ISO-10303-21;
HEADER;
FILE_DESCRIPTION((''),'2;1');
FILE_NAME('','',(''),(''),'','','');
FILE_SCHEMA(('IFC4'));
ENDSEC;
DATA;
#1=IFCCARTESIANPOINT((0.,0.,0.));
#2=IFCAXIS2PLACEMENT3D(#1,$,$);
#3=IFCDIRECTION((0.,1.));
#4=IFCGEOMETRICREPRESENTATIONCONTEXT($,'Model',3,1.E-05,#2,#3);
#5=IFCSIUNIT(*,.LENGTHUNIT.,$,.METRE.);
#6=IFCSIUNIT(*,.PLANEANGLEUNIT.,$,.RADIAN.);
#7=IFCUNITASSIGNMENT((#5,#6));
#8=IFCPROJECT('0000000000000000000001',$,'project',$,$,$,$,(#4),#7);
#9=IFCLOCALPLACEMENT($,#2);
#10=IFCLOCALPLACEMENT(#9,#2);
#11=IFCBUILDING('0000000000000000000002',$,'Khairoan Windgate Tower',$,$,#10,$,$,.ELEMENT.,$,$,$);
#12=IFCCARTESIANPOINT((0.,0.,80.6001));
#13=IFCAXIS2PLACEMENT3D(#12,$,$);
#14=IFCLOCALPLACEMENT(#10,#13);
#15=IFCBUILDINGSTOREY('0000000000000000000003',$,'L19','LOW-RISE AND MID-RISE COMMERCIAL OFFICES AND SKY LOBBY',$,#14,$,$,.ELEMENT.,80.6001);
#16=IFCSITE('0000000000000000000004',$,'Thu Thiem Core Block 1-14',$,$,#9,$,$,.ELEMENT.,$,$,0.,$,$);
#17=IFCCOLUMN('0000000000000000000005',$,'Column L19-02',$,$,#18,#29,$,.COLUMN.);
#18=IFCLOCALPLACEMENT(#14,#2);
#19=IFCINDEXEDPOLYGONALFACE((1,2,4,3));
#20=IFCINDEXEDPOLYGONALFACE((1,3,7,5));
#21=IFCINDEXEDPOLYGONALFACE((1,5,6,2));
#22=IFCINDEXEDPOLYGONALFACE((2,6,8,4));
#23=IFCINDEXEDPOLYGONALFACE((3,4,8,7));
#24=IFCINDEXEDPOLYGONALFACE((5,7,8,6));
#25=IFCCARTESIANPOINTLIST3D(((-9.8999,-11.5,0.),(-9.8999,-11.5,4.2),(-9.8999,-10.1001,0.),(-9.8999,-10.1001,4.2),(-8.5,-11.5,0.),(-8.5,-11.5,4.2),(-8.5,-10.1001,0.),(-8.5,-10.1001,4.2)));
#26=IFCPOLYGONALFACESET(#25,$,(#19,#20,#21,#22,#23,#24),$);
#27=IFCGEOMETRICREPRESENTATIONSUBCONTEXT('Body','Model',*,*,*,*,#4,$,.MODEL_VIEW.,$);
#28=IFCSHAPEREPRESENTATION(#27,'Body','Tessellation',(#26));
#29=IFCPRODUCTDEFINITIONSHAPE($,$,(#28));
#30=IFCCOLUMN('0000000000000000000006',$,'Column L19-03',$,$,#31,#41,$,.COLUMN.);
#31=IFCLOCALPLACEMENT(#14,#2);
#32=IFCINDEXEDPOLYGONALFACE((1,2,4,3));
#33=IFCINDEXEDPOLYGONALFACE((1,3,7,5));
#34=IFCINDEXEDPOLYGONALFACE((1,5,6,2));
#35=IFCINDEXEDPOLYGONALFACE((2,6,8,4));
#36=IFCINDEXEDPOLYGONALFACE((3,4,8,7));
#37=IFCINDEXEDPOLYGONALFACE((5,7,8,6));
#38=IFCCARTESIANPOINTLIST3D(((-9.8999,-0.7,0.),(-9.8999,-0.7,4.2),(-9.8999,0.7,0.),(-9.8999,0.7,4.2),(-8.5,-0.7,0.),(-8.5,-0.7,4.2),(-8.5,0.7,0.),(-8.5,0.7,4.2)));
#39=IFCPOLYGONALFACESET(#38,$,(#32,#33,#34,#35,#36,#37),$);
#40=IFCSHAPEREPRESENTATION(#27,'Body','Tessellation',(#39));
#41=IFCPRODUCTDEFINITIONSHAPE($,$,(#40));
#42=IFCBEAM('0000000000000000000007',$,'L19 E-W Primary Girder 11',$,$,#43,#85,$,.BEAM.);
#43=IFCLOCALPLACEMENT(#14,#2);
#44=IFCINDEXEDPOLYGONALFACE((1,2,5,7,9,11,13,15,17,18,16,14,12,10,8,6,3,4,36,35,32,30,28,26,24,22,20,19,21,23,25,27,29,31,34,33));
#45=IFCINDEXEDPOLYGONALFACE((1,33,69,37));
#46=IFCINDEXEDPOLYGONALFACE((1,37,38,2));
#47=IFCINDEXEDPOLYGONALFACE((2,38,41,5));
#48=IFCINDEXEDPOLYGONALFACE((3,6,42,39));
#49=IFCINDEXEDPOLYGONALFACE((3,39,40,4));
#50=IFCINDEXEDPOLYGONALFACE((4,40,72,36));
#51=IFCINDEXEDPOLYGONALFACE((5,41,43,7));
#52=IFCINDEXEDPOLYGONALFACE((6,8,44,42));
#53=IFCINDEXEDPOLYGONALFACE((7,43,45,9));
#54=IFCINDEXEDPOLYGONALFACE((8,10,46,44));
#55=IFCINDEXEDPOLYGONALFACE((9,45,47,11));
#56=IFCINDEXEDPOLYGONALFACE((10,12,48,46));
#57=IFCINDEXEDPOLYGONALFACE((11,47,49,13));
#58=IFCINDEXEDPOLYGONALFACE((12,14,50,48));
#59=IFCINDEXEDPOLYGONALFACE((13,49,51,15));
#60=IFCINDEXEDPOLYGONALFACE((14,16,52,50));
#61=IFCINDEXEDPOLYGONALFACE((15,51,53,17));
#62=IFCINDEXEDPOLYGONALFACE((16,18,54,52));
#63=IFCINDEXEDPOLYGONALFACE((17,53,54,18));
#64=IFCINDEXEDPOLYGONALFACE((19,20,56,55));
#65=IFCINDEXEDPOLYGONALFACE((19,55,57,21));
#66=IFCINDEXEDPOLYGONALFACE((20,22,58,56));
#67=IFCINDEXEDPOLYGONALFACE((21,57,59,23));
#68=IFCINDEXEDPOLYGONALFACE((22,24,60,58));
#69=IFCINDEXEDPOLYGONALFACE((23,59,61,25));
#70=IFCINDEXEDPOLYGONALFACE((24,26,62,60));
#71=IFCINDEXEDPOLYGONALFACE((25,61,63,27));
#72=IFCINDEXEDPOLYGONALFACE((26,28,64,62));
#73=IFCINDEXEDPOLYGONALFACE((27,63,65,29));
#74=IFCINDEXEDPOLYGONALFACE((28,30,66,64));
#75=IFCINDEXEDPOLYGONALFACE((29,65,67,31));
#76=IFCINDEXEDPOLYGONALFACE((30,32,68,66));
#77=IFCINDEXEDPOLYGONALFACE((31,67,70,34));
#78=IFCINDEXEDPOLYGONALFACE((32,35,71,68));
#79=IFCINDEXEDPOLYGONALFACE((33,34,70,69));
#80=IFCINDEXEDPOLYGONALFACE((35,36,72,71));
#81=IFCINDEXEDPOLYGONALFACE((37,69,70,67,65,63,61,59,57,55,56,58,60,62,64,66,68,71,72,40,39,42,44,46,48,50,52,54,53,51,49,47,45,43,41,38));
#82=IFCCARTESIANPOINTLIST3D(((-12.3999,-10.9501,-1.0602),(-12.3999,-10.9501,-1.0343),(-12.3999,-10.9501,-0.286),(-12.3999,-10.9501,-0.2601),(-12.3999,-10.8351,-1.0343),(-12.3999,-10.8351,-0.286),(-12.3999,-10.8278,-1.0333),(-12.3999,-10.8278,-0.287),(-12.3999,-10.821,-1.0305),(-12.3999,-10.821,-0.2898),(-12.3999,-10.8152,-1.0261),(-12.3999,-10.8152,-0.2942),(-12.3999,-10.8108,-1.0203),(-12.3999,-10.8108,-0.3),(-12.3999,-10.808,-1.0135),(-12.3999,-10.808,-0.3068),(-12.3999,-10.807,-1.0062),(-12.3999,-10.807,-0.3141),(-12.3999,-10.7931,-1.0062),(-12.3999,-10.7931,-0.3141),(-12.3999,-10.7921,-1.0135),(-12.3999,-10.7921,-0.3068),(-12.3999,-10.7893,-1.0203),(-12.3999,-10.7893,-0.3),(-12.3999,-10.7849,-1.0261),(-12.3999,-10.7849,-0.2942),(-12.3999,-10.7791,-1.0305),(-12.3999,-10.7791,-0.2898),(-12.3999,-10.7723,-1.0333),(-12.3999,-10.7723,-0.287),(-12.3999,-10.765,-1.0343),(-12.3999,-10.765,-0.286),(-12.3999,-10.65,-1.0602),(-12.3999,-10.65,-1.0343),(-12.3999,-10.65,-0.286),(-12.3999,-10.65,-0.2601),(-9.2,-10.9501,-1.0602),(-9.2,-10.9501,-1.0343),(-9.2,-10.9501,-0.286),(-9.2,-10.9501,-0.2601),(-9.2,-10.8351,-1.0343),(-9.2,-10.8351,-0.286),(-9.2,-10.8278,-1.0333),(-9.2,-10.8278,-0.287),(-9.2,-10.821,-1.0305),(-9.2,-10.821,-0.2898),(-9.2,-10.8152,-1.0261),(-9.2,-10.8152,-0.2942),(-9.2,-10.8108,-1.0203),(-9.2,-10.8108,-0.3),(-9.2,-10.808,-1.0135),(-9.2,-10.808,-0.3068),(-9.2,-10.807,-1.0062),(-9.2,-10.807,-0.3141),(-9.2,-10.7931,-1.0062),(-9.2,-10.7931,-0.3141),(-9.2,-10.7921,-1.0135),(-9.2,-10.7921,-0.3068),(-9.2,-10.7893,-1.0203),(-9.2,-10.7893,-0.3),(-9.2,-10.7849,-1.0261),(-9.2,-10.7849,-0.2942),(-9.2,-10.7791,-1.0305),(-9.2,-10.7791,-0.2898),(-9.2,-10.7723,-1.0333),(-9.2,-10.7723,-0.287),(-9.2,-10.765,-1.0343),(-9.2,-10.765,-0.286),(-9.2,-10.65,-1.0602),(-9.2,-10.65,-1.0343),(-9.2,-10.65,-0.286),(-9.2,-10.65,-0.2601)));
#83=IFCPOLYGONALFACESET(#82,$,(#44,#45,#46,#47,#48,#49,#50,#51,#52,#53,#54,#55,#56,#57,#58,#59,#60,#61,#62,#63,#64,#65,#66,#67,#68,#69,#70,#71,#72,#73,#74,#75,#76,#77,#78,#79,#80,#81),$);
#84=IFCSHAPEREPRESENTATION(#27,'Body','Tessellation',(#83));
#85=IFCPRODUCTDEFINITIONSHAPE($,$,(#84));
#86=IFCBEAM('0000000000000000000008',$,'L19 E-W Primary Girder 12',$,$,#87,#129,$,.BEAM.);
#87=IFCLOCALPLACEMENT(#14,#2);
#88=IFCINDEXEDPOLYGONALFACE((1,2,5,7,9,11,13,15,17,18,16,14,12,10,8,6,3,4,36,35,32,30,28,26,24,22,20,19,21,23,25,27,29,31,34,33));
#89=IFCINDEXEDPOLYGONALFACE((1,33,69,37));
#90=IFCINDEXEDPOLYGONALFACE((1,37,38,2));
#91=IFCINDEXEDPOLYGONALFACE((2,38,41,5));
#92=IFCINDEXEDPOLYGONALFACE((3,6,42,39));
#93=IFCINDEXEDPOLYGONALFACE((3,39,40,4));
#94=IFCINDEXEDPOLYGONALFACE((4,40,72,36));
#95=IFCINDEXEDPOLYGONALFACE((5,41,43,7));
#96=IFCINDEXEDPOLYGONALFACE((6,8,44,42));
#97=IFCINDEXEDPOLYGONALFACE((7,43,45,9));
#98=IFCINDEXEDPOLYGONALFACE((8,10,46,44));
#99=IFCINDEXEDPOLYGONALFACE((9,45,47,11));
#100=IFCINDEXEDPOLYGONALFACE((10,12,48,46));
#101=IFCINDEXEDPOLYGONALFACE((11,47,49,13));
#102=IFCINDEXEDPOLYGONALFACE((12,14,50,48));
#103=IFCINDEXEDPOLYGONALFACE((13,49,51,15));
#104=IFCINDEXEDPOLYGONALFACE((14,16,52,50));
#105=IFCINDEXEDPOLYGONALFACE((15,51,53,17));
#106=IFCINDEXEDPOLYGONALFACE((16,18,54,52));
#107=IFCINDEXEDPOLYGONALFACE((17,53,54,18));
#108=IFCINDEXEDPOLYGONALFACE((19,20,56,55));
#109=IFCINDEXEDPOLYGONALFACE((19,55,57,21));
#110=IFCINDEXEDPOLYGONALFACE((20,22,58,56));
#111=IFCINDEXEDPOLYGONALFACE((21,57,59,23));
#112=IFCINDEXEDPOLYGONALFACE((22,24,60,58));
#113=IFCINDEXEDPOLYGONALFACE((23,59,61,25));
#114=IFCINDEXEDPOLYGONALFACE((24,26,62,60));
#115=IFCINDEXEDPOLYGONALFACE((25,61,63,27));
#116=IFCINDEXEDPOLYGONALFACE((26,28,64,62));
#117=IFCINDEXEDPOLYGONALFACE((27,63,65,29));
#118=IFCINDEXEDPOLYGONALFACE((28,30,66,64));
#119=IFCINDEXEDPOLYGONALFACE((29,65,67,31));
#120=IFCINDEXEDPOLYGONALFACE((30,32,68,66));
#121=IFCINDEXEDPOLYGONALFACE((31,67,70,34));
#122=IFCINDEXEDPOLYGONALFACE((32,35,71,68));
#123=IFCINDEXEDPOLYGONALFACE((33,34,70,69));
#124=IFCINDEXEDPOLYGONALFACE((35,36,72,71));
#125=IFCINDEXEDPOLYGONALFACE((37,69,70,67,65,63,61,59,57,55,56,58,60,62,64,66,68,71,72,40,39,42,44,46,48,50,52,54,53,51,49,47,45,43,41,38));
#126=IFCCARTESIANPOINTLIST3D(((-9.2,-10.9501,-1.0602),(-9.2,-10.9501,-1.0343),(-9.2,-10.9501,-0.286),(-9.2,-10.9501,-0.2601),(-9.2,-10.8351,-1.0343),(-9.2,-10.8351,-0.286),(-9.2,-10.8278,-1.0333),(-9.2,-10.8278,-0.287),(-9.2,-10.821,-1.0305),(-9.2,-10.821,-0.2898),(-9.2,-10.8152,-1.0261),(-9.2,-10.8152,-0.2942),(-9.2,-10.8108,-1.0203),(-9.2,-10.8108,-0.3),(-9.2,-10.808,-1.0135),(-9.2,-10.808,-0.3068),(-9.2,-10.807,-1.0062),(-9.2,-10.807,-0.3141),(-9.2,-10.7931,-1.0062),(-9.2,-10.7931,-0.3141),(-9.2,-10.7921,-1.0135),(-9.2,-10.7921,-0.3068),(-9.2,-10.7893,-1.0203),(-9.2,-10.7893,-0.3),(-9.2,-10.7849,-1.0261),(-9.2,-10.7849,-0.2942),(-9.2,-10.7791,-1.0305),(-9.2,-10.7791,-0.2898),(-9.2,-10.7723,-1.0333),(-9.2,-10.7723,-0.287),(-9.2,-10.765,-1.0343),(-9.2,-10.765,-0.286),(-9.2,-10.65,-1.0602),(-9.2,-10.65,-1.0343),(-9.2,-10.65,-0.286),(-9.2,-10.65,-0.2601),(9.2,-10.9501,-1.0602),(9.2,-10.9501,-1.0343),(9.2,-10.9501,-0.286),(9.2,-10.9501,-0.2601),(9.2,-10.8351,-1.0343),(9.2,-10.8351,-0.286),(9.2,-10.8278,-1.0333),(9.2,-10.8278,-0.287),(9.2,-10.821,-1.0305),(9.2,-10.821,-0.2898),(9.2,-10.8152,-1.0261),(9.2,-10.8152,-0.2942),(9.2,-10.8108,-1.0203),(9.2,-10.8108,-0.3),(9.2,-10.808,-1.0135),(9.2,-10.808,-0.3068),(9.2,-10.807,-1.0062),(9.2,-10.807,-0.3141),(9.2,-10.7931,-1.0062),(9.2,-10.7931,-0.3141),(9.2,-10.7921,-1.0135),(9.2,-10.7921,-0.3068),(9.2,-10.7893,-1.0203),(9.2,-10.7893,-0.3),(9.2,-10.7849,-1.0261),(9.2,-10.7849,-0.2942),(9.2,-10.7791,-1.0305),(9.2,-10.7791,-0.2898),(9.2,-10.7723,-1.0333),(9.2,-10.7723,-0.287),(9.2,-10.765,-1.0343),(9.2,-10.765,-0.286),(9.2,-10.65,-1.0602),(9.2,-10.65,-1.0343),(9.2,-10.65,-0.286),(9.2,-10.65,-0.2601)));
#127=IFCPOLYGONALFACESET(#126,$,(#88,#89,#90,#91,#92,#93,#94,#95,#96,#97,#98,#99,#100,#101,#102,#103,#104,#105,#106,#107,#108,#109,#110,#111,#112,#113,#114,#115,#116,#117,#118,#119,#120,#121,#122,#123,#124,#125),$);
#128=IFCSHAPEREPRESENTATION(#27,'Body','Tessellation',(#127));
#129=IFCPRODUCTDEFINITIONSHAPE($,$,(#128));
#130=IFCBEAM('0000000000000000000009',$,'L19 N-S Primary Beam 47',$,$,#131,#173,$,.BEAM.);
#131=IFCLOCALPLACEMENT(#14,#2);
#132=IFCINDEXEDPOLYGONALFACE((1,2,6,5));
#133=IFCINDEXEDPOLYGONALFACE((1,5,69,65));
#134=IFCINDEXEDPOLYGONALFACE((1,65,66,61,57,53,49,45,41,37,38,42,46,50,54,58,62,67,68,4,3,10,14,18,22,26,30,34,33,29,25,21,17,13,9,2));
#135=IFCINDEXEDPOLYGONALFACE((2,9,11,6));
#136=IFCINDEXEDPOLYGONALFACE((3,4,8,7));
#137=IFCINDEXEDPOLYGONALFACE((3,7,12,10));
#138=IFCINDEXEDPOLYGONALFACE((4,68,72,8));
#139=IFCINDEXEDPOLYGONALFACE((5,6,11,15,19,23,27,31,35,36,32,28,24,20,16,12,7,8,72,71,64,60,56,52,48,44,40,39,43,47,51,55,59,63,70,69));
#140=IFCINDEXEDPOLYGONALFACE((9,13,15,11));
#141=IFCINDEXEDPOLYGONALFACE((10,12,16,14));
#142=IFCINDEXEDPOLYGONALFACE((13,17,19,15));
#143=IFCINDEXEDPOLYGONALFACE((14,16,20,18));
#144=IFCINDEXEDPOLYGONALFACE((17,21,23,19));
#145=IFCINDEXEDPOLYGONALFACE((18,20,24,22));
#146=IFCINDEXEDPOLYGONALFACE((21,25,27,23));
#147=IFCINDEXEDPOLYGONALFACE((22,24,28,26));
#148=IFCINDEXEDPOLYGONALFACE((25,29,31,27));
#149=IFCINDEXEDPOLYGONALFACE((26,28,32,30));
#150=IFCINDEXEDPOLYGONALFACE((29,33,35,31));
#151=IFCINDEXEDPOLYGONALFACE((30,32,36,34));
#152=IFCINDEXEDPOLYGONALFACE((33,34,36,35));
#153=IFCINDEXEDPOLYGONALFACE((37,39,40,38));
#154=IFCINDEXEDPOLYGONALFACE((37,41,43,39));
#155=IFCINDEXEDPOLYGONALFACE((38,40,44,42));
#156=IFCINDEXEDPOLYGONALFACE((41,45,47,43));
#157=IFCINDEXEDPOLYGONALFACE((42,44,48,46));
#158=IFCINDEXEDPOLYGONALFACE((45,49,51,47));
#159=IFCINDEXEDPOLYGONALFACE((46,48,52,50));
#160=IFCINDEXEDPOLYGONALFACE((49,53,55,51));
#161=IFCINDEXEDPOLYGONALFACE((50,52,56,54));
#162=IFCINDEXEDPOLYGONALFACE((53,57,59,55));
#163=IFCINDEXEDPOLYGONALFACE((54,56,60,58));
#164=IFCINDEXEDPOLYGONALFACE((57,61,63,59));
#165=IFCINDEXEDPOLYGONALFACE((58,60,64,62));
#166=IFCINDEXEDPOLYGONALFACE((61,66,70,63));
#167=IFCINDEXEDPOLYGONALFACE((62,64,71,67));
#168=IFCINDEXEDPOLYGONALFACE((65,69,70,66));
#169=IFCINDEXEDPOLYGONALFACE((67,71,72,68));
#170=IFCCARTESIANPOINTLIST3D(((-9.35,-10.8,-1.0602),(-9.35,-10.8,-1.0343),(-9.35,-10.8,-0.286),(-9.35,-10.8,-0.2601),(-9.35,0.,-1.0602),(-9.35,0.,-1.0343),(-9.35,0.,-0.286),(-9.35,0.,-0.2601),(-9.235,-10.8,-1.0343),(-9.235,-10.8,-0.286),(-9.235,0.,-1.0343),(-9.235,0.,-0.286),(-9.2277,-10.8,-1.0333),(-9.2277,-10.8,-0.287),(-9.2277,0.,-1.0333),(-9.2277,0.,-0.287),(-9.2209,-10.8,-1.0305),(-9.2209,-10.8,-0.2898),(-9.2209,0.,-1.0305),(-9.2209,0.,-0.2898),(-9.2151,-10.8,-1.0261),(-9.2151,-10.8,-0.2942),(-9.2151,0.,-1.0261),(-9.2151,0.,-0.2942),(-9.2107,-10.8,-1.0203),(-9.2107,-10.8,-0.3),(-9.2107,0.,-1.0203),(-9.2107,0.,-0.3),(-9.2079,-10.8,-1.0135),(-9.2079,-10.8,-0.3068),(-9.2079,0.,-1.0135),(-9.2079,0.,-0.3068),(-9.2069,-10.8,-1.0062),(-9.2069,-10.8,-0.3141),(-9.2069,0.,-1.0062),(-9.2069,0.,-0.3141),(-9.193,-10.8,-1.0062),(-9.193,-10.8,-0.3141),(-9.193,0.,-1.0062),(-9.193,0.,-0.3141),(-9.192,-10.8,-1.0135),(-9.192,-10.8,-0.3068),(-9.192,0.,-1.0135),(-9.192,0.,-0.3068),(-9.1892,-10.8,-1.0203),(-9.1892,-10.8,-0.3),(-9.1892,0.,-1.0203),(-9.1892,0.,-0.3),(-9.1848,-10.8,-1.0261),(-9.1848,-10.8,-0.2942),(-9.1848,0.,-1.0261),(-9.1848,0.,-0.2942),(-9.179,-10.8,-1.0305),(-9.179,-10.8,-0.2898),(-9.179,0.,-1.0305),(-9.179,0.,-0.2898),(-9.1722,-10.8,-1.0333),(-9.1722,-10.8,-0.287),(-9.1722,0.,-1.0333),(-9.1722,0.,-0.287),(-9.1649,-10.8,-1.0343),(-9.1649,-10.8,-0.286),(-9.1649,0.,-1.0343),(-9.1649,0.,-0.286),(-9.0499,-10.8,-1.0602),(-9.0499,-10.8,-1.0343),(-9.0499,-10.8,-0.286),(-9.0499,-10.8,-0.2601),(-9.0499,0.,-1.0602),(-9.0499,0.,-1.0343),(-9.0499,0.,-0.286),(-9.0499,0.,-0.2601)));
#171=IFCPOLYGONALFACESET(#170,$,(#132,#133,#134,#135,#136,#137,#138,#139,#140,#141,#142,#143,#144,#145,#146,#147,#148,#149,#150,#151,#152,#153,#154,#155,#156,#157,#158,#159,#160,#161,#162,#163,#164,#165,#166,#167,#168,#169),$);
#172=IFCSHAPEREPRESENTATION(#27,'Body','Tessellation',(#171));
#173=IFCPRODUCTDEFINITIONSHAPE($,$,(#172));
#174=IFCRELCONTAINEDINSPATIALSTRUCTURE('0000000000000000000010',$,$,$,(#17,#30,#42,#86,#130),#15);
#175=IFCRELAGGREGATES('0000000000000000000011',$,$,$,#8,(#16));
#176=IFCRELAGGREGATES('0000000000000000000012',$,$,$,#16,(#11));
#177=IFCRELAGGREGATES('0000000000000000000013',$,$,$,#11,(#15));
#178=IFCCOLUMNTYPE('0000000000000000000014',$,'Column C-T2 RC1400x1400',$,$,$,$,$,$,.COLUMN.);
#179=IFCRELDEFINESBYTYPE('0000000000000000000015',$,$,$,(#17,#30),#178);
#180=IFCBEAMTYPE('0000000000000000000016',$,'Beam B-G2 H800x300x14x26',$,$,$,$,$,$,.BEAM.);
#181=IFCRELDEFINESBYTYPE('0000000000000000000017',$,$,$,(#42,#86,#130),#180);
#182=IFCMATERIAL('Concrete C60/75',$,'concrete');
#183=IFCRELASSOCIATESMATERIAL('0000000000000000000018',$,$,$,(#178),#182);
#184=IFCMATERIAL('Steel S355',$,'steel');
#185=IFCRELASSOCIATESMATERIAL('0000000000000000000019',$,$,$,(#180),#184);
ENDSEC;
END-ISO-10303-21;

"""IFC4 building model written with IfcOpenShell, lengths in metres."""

from ifc_helpers import new_model, si_unit, direction, frame, origin, origin_2d, place, context, subcontext, project, spatial, rectangle, i_section, extrude, material, material_profile, profile_set, type_object, element, save


model = new_model("IFC4")

# Units and contexts
model_context = context("Model", 3, precision=1e-05, world=origin(), true_north=direction((0.0, 1.0)))
body_context = subcontext(model_context, "Body", "Model", "MODEL_VIEW")
ifc_project = project(units=[si_unit("LENGTHUNIT", "METRE"), si_unit("PLANEANGLEUNIT", "RADIAN")], contexts=[model_context])

# Site, building, storey
site_placement = place(None, origin())
site = spatial("IfcSite", under=ifc_project, at=site_placement, Name="Thu Thiem Core Block 1-14", CompositionType="ELEMENT", RefElevation=0.0)
building_placement = place(site_placement, origin())
building = spatial("IfcBuilding", under=site, at=building_placement, Name="Khairoan Windgate Tower", CompositionType="ELEMENT")
storey_placement = place(building_placement, frame((0.0, 0.0, 80.6001)))
storey = spatial("IfcBuildingStorey", under=building, at=storey_placement, Name="L19", Description="LOW-RISE AND MID-RISE COMMERCIAL OFFICES AND SKY LOBBY", CompositionType="ELEMENT", Elevation=80.6001)

# Columns
ifc_material_1 = material(Name="Concrete C60/75", Category="concrete")
ifc_material_profile_1 = material_profile(ifc_material_1, rectangle(XDim=1.3999, YDim=1.3999, at=origin_2d()))
ifc_profile_set_1 = profile_set([ifc_material_profile_1], Name="Concrete C60/75")
column_type = type_object("IfcColumnType", Name="Column C-T2 RC1400x1400", PredefinedType="COLUMN", material=ifc_profile_set_1)
for number, where, z_axis, x_axis, name in (
    (1, (-9.2, -10.8, 0.0), (0.0, 0.0, 1.0), (1.0, 0.0, 0.0), "Column L19-02"),
    (2, (-9.2, 0.0, 0.0), (0.0, 0.0, 1.0), (1.0, 0.0, 0.0), "Column L19-03"),
):
    element("IfcColumn", number, at=place(storey_placement, frame(where, z_axis=z_axis, x_axis=x_axis)), inside=storey, type_object=column_type, Name=name, PredefinedType="COLUMN", context=body_context, shape_type="SweptSolid", body=[
        extrude(rectangle(XDim=1.3999, YDim=1.3999, at=origin_2d()), origin(), (0.0, 0.0, 1.0), 4.2),
    ])

# Beams
ifc_material_2 = material(Name="Steel S355", Category="steel")
ifc_material_profile_2 = material_profile(ifc_material_2, i_section(OverallWidth=0.3, OverallDepth=0.8, WebThickness=0.0139, FlangeThickness=0.0259, FilletRadius=0.0281, at=origin_2d()))
ifc_profile_set_2 = profile_set([ifc_material_profile_2], Name="Steel S355")
beam_type_1 = type_object("IfcBeamType", Name="Beam B-G2 H800x300x14x26", PredefinedType="BEAM", material=ifc_profile_set_2)
beam_1_placement = place(storey_placement, frame((-12.3999, -10.8, -0.6602), z_axis=(1.0, 0.0, 0.0), x_axis=(0.0, 1.0, 0.0)))
element("IfcBeam", 3, at=beam_1_placement, inside=storey, type_object=beam_type_1, Name="L19 E-W Primary Girder 11", PredefinedType="BEAM", context=body_context, shape_type="SweptSolid", body=[
    extrude(i_section(OverallWidth=0.3, OverallDepth=0.8, WebThickness=0.0139, FlangeThickness=0.0259, FilletRadius=0.0281, at=origin_2d()), origin(), (0.0, 0.0, 1.0), 3.2),
])
beam_2_placement = place(storey_placement, frame((-9.2, -10.8, -0.6602), z_axis=(1.0, 0.0, 0.0), x_axis=(0.0, 1.0, 0.0)))
element("IfcBeam", 4, at=beam_2_placement, inside=storey, type_object=beam_type_1, Name="L19 E-W Primary Girder 12", PredefinedType="BEAM", context=body_context, shape_type="SweptSolid", body=[
    extrude(i_section(OverallWidth=0.3, OverallDepth=0.8, WebThickness=0.0139, FlangeThickness=0.0259, FilletRadius=0.0281, at=origin_2d()), origin(), (0.0, 0.0, 1.0), 18.3999),
])
beam_3_placement = place(storey_placement, frame((-9.2, -10.8, -0.6602), z_axis=(0.0, 1.0, 0.0), x_axis=(-1.0, 0.0, 0.0)))
element("IfcBeam", 5, at=beam_3_placement, inside=storey, type_object=beam_type_1, Name="L19 N-S Primary Beam 47", PredefinedType="BEAM", context=body_context, shape_type="SweptSolid", body=[
    extrude(i_section(OverallWidth=0.3, OverallDepth=0.8, WebThickness=0.0139, FlangeThickness=0.0259, FilletRadius=0.0281, at=origin_2d()), origin(), (0.0, 0.0, 1.0), 10.8),
])

save(model, "model.ifc")
